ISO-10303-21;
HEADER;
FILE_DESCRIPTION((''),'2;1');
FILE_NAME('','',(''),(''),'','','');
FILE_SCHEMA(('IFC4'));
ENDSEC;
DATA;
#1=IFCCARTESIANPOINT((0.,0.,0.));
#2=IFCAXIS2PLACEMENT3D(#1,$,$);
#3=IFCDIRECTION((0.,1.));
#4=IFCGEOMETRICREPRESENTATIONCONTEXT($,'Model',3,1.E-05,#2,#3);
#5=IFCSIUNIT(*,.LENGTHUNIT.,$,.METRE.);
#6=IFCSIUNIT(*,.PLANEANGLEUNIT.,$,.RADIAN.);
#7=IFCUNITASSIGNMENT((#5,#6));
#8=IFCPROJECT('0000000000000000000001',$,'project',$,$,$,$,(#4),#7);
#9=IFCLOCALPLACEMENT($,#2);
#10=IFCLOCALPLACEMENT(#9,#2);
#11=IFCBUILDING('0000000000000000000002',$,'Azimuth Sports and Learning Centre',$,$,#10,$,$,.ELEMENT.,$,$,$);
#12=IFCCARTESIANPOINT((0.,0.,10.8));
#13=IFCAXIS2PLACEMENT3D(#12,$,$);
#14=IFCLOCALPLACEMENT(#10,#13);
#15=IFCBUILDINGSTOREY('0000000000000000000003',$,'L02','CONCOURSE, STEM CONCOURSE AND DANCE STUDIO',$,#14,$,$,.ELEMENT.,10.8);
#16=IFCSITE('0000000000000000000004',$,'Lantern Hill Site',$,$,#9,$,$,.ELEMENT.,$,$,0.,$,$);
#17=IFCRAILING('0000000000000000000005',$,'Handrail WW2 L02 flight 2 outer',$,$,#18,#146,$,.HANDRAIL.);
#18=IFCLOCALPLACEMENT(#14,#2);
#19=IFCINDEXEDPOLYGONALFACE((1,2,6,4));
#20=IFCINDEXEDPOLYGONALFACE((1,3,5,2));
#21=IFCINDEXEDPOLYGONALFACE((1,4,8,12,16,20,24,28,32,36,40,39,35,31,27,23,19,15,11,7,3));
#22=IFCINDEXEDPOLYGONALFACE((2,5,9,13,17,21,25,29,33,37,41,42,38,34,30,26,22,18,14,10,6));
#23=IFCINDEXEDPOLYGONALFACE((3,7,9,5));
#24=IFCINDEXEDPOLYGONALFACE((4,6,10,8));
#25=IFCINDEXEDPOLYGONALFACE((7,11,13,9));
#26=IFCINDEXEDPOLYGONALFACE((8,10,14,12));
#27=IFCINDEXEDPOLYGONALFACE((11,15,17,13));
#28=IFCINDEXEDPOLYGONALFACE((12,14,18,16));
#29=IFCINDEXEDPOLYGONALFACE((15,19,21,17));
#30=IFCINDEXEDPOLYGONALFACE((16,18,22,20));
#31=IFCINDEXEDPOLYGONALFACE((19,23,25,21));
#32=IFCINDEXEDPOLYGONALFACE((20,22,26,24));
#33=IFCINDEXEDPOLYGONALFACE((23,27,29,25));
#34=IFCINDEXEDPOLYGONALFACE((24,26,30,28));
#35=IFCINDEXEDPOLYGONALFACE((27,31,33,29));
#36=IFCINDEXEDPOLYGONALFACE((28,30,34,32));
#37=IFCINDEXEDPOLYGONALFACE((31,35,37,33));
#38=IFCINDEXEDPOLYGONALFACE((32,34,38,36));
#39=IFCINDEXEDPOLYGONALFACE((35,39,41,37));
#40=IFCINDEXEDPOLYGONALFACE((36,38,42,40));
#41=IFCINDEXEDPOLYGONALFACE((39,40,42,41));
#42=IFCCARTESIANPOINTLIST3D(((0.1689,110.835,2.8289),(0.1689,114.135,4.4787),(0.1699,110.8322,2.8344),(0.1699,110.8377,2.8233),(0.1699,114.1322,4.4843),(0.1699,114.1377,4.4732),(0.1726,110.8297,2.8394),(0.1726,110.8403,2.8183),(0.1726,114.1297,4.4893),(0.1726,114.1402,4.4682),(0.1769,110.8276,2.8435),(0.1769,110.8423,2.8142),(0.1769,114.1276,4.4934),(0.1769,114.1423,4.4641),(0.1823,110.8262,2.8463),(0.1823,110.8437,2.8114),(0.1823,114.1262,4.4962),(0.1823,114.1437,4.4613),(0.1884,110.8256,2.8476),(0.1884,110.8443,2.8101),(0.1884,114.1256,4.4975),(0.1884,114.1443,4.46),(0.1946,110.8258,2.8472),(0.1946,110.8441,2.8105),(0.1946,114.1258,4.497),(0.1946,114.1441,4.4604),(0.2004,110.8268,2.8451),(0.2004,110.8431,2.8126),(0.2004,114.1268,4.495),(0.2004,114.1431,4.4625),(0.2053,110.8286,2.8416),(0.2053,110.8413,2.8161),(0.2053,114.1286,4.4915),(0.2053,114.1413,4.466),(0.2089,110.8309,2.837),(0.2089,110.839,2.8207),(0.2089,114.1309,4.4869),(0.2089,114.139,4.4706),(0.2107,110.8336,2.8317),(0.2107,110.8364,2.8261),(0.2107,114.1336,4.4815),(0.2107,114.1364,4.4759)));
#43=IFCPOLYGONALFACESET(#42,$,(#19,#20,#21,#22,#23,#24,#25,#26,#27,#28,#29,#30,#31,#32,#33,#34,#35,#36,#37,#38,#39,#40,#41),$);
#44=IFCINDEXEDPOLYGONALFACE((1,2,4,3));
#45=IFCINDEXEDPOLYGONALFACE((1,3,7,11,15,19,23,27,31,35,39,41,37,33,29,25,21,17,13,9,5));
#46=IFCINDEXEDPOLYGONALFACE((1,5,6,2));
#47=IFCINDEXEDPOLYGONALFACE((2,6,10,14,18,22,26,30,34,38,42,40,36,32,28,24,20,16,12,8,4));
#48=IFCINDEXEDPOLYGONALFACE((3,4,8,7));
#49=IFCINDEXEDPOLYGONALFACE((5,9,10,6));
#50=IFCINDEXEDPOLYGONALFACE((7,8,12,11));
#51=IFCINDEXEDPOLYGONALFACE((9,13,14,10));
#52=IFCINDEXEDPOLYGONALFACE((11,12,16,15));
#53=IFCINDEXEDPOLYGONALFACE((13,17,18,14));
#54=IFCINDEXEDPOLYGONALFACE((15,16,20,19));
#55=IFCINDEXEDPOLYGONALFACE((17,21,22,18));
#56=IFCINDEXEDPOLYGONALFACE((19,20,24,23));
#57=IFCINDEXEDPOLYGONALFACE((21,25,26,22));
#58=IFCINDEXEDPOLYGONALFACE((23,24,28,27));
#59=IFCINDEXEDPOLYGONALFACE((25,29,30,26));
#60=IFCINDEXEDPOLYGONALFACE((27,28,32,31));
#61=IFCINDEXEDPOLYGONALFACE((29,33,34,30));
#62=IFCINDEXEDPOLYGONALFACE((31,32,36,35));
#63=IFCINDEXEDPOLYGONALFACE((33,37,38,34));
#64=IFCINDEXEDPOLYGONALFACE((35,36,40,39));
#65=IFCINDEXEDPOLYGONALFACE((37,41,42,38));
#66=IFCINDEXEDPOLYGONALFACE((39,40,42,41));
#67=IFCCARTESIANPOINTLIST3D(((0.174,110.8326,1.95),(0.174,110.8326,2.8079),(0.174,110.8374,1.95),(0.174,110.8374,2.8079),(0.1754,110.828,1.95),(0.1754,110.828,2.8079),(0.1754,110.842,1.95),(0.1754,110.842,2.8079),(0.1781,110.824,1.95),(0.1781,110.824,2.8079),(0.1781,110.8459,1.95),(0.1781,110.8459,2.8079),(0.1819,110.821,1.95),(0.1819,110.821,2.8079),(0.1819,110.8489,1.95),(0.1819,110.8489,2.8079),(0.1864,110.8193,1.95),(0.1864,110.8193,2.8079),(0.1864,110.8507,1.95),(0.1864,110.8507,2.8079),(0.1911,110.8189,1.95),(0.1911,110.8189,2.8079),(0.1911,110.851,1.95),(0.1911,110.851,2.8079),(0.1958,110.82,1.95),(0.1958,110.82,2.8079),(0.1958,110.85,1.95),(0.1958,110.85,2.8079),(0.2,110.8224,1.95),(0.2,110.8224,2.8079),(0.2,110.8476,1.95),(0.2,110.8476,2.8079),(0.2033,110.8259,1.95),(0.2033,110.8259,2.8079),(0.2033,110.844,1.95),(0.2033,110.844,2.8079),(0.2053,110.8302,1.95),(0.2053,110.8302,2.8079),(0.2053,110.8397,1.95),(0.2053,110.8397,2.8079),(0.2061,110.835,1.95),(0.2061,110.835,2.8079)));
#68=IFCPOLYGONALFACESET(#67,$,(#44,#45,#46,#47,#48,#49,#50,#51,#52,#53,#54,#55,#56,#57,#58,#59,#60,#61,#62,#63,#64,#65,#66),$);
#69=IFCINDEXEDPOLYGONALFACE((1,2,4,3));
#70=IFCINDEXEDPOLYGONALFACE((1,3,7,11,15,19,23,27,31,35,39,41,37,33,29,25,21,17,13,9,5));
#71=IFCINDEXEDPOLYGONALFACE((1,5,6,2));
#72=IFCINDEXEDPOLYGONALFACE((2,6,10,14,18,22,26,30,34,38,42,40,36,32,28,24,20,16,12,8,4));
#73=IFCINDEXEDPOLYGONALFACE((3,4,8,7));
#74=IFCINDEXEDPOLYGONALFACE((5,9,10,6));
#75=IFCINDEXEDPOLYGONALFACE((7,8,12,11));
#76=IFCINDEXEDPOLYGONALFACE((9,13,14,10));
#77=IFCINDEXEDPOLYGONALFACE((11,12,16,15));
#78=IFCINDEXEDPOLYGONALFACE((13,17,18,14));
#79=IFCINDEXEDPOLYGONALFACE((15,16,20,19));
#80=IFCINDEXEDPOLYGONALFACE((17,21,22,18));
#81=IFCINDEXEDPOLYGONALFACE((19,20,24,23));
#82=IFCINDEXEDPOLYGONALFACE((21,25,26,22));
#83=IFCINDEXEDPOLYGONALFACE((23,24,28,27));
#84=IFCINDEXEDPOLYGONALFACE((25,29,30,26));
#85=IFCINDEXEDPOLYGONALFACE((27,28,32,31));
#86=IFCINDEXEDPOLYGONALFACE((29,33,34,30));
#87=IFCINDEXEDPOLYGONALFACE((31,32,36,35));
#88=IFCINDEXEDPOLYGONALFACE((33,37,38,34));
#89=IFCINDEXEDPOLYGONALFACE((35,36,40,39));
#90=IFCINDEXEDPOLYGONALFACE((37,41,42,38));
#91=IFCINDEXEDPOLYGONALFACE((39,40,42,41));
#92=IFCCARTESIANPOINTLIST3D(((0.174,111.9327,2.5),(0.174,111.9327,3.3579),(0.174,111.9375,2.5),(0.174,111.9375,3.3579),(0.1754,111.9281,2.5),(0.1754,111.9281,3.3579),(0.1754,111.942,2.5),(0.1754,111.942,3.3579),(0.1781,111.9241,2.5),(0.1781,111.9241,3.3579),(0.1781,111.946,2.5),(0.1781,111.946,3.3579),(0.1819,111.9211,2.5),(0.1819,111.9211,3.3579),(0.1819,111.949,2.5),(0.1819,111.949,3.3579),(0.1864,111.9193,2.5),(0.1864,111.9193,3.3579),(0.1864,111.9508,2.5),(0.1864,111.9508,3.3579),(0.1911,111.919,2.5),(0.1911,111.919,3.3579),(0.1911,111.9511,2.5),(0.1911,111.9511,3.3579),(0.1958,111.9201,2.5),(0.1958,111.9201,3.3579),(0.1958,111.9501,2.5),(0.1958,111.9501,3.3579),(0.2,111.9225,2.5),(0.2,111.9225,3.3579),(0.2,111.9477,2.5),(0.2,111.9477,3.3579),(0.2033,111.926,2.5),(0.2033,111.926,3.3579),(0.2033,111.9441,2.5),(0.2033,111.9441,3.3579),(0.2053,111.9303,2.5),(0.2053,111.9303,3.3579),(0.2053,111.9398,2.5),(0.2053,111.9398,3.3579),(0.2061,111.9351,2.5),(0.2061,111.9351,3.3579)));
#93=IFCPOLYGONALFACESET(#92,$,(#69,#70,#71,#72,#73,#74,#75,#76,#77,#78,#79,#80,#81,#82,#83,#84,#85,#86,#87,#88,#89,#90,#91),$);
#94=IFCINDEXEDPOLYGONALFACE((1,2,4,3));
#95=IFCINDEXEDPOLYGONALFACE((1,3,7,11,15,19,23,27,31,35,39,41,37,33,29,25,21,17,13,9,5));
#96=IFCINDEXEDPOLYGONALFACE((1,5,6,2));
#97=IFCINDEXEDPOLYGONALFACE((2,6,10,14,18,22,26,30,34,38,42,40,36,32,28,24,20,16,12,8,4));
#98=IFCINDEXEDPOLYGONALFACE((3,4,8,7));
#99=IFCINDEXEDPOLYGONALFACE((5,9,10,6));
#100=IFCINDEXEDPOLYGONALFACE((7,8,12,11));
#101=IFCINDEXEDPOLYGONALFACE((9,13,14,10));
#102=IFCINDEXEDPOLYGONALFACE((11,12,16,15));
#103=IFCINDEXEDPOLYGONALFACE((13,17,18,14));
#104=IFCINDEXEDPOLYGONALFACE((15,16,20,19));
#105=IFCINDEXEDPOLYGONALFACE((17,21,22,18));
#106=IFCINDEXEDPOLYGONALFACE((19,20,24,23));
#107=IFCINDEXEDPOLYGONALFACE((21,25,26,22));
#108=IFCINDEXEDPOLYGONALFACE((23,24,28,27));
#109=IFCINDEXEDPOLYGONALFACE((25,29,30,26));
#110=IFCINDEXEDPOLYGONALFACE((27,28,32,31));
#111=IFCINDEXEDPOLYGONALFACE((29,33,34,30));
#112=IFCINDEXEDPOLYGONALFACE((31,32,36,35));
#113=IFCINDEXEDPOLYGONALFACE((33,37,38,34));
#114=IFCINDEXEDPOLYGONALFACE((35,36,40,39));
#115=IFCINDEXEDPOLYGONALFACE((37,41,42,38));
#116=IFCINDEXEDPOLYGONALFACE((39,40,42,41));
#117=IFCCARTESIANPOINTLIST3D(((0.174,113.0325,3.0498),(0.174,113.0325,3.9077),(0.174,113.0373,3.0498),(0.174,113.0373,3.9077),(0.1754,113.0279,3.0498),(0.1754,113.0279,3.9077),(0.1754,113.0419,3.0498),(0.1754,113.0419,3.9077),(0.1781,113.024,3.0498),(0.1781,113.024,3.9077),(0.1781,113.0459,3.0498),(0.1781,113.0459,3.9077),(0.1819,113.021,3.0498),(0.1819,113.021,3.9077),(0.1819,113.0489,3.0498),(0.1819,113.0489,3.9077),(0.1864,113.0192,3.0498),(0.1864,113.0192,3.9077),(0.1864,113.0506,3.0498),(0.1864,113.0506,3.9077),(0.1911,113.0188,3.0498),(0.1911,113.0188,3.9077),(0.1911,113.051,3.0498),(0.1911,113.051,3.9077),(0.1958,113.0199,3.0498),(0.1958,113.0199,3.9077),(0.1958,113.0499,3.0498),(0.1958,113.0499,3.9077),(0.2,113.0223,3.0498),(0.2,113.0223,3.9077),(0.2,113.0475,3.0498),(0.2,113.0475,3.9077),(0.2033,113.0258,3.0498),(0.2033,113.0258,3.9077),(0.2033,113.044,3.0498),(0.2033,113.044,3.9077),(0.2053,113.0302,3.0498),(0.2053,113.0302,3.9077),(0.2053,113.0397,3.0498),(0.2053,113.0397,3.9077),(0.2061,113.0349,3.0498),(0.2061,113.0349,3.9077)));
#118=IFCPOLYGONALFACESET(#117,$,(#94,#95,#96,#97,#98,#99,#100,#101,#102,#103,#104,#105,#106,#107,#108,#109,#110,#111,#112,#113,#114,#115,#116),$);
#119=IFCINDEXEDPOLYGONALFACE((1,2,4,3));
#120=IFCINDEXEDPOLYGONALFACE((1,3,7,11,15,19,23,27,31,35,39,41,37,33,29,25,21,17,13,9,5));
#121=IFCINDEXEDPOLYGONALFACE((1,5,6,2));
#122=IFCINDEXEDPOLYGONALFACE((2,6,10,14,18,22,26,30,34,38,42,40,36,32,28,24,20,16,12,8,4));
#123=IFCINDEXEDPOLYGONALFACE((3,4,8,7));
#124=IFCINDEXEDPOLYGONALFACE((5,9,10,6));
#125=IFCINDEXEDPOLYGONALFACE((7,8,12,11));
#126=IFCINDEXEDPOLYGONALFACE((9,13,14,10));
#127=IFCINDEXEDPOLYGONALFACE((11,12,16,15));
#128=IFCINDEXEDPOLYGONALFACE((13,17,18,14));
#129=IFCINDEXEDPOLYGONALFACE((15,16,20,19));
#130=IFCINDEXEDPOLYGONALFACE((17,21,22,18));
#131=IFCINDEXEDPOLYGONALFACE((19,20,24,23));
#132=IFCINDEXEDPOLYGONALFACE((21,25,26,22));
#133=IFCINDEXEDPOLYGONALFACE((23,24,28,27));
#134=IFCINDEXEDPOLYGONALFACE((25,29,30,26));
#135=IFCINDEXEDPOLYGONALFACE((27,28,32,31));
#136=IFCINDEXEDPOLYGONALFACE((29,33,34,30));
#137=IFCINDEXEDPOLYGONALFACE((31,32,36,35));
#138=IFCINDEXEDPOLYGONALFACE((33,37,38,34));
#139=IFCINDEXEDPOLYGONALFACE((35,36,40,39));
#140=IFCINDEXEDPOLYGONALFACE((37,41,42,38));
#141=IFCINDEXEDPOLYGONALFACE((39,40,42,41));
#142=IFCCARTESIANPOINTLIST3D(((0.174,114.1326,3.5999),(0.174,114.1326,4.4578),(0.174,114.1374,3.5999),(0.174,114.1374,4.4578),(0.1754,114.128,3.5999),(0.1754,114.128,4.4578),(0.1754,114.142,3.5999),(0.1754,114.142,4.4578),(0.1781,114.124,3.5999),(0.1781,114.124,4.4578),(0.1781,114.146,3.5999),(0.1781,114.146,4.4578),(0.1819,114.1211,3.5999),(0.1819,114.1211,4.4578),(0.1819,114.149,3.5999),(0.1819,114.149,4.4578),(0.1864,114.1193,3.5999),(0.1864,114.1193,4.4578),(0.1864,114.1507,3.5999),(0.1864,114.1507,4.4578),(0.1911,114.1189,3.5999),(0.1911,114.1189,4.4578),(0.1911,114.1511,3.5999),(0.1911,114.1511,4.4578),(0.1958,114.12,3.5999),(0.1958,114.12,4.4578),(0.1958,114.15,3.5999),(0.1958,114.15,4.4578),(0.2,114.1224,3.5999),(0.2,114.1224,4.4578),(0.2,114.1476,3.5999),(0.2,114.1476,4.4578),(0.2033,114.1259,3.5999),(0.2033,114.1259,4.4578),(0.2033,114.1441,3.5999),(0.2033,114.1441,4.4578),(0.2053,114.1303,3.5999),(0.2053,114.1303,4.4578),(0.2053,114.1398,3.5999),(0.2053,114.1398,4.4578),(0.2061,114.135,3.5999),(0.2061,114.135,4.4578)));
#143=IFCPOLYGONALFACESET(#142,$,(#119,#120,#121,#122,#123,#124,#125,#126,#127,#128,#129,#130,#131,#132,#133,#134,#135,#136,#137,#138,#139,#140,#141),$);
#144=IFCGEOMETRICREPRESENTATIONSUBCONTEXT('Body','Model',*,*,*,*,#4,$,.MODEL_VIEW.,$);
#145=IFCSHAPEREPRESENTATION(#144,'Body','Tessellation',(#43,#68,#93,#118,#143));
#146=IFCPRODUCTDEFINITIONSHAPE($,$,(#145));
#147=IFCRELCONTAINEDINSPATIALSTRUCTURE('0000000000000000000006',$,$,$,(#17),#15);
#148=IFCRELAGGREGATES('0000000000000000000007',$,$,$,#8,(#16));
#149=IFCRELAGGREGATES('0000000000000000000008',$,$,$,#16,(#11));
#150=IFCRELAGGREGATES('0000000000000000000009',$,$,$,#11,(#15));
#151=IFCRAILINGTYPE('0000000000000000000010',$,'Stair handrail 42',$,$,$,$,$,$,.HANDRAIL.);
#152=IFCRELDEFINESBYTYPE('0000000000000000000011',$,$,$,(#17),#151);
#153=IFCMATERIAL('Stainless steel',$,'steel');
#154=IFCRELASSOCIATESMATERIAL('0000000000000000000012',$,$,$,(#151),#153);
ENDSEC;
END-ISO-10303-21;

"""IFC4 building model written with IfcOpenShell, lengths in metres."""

from ifc_helpers import new_model, si_unit, direction, frame, origin, origin_2d, place, context, subcontext, project, spatial, circle, extrude, material, type_object, element, save


model = new_model("IFC4")

# Units and contexts
model_context = context("Model", 3, precision=1e-05, world=origin(), true_north=direction((0.0, 1.0)))
body_context = subcontext(model_context, "Body", "Model", "MODEL_VIEW")
ifc_project = project(units=[si_unit("LENGTHUNIT", "METRE"), si_unit("PLANEANGLEUNIT", "RADIAN")], contexts=[model_context])

# Site, building, storey
site_placement = place(None, origin())
site = spatial("IfcSite", under=ifc_project, at=site_placement, Name="Lantern Hill Site", CompositionType="ELEMENT", RefElevation=0.0)
building_placement = place(site_placement, origin())
building = spatial("IfcBuilding", under=site, at=building_placement, Name="Azimuth Sports and Learning Centre", CompositionType="ELEMENT")
storey_placement = place(building_placement, frame((0.0, 0.0, 10.8)))
storey = spatial("IfcBuildingStorey", under=building, at=storey_placement, Name="L02", Description="CONCOURSE, STEM CONCOURSE AND DANCE STUDIO", CompositionType="ELEMENT", Elevation=10.8)

# Railing
ifc_material_1 = material(Name="Stainless steel", Category="steel")
railing_type_1 = type_object("IfcRailingType", Name="Stair handrail 42", PredefinedType="HANDRAIL", material=ifc_material_1)
for number, where, name in (
    (1, (0.1899, 110.835, 1.95), "Handrail WW2 L02 flight 2 outer"),
):
    element("IfcRailing", number, at=place(storey_placement, frame(where)), inside=storey, type_object=railing_type_1, Name=name, PredefinedType="HANDRAIL", context=body_context, shape_type="SweptSolid", body=[
        extrude(circle(Radius=0.021, at=origin_2d()), frame((0.0, 0.0, 0.8789), z_axis=(0.0, 0.89444, 0.447187), x_axis=(-1.0, 0.0, 0.0)), (0.0, 0.0, 1.0), 3.6895),
        extrude(circle(Radius=0.0161, at=origin_2d()), origin(), (0.0, 0.0, 1.0), 0.8579),
        extrude(circle(Radius=0.0161, at=origin_2d()), frame((0.0, 1.1001, 0.55)), (0.0, 0.0, 1.0), 0.8579),
        extrude(circle(Radius=0.0161, at=origin_2d()), frame((0.0, 2.2, 1.0999)), (0.0, 0.0, 1.0), 0.8579),
        extrude(circle(Radius=0.0161, at=origin_2d()), frame((0.0, 3.3, 1.6499)), (0.0, 0.0, 1.0), 0.8579),
    ])

save(model, "model.ifc")
